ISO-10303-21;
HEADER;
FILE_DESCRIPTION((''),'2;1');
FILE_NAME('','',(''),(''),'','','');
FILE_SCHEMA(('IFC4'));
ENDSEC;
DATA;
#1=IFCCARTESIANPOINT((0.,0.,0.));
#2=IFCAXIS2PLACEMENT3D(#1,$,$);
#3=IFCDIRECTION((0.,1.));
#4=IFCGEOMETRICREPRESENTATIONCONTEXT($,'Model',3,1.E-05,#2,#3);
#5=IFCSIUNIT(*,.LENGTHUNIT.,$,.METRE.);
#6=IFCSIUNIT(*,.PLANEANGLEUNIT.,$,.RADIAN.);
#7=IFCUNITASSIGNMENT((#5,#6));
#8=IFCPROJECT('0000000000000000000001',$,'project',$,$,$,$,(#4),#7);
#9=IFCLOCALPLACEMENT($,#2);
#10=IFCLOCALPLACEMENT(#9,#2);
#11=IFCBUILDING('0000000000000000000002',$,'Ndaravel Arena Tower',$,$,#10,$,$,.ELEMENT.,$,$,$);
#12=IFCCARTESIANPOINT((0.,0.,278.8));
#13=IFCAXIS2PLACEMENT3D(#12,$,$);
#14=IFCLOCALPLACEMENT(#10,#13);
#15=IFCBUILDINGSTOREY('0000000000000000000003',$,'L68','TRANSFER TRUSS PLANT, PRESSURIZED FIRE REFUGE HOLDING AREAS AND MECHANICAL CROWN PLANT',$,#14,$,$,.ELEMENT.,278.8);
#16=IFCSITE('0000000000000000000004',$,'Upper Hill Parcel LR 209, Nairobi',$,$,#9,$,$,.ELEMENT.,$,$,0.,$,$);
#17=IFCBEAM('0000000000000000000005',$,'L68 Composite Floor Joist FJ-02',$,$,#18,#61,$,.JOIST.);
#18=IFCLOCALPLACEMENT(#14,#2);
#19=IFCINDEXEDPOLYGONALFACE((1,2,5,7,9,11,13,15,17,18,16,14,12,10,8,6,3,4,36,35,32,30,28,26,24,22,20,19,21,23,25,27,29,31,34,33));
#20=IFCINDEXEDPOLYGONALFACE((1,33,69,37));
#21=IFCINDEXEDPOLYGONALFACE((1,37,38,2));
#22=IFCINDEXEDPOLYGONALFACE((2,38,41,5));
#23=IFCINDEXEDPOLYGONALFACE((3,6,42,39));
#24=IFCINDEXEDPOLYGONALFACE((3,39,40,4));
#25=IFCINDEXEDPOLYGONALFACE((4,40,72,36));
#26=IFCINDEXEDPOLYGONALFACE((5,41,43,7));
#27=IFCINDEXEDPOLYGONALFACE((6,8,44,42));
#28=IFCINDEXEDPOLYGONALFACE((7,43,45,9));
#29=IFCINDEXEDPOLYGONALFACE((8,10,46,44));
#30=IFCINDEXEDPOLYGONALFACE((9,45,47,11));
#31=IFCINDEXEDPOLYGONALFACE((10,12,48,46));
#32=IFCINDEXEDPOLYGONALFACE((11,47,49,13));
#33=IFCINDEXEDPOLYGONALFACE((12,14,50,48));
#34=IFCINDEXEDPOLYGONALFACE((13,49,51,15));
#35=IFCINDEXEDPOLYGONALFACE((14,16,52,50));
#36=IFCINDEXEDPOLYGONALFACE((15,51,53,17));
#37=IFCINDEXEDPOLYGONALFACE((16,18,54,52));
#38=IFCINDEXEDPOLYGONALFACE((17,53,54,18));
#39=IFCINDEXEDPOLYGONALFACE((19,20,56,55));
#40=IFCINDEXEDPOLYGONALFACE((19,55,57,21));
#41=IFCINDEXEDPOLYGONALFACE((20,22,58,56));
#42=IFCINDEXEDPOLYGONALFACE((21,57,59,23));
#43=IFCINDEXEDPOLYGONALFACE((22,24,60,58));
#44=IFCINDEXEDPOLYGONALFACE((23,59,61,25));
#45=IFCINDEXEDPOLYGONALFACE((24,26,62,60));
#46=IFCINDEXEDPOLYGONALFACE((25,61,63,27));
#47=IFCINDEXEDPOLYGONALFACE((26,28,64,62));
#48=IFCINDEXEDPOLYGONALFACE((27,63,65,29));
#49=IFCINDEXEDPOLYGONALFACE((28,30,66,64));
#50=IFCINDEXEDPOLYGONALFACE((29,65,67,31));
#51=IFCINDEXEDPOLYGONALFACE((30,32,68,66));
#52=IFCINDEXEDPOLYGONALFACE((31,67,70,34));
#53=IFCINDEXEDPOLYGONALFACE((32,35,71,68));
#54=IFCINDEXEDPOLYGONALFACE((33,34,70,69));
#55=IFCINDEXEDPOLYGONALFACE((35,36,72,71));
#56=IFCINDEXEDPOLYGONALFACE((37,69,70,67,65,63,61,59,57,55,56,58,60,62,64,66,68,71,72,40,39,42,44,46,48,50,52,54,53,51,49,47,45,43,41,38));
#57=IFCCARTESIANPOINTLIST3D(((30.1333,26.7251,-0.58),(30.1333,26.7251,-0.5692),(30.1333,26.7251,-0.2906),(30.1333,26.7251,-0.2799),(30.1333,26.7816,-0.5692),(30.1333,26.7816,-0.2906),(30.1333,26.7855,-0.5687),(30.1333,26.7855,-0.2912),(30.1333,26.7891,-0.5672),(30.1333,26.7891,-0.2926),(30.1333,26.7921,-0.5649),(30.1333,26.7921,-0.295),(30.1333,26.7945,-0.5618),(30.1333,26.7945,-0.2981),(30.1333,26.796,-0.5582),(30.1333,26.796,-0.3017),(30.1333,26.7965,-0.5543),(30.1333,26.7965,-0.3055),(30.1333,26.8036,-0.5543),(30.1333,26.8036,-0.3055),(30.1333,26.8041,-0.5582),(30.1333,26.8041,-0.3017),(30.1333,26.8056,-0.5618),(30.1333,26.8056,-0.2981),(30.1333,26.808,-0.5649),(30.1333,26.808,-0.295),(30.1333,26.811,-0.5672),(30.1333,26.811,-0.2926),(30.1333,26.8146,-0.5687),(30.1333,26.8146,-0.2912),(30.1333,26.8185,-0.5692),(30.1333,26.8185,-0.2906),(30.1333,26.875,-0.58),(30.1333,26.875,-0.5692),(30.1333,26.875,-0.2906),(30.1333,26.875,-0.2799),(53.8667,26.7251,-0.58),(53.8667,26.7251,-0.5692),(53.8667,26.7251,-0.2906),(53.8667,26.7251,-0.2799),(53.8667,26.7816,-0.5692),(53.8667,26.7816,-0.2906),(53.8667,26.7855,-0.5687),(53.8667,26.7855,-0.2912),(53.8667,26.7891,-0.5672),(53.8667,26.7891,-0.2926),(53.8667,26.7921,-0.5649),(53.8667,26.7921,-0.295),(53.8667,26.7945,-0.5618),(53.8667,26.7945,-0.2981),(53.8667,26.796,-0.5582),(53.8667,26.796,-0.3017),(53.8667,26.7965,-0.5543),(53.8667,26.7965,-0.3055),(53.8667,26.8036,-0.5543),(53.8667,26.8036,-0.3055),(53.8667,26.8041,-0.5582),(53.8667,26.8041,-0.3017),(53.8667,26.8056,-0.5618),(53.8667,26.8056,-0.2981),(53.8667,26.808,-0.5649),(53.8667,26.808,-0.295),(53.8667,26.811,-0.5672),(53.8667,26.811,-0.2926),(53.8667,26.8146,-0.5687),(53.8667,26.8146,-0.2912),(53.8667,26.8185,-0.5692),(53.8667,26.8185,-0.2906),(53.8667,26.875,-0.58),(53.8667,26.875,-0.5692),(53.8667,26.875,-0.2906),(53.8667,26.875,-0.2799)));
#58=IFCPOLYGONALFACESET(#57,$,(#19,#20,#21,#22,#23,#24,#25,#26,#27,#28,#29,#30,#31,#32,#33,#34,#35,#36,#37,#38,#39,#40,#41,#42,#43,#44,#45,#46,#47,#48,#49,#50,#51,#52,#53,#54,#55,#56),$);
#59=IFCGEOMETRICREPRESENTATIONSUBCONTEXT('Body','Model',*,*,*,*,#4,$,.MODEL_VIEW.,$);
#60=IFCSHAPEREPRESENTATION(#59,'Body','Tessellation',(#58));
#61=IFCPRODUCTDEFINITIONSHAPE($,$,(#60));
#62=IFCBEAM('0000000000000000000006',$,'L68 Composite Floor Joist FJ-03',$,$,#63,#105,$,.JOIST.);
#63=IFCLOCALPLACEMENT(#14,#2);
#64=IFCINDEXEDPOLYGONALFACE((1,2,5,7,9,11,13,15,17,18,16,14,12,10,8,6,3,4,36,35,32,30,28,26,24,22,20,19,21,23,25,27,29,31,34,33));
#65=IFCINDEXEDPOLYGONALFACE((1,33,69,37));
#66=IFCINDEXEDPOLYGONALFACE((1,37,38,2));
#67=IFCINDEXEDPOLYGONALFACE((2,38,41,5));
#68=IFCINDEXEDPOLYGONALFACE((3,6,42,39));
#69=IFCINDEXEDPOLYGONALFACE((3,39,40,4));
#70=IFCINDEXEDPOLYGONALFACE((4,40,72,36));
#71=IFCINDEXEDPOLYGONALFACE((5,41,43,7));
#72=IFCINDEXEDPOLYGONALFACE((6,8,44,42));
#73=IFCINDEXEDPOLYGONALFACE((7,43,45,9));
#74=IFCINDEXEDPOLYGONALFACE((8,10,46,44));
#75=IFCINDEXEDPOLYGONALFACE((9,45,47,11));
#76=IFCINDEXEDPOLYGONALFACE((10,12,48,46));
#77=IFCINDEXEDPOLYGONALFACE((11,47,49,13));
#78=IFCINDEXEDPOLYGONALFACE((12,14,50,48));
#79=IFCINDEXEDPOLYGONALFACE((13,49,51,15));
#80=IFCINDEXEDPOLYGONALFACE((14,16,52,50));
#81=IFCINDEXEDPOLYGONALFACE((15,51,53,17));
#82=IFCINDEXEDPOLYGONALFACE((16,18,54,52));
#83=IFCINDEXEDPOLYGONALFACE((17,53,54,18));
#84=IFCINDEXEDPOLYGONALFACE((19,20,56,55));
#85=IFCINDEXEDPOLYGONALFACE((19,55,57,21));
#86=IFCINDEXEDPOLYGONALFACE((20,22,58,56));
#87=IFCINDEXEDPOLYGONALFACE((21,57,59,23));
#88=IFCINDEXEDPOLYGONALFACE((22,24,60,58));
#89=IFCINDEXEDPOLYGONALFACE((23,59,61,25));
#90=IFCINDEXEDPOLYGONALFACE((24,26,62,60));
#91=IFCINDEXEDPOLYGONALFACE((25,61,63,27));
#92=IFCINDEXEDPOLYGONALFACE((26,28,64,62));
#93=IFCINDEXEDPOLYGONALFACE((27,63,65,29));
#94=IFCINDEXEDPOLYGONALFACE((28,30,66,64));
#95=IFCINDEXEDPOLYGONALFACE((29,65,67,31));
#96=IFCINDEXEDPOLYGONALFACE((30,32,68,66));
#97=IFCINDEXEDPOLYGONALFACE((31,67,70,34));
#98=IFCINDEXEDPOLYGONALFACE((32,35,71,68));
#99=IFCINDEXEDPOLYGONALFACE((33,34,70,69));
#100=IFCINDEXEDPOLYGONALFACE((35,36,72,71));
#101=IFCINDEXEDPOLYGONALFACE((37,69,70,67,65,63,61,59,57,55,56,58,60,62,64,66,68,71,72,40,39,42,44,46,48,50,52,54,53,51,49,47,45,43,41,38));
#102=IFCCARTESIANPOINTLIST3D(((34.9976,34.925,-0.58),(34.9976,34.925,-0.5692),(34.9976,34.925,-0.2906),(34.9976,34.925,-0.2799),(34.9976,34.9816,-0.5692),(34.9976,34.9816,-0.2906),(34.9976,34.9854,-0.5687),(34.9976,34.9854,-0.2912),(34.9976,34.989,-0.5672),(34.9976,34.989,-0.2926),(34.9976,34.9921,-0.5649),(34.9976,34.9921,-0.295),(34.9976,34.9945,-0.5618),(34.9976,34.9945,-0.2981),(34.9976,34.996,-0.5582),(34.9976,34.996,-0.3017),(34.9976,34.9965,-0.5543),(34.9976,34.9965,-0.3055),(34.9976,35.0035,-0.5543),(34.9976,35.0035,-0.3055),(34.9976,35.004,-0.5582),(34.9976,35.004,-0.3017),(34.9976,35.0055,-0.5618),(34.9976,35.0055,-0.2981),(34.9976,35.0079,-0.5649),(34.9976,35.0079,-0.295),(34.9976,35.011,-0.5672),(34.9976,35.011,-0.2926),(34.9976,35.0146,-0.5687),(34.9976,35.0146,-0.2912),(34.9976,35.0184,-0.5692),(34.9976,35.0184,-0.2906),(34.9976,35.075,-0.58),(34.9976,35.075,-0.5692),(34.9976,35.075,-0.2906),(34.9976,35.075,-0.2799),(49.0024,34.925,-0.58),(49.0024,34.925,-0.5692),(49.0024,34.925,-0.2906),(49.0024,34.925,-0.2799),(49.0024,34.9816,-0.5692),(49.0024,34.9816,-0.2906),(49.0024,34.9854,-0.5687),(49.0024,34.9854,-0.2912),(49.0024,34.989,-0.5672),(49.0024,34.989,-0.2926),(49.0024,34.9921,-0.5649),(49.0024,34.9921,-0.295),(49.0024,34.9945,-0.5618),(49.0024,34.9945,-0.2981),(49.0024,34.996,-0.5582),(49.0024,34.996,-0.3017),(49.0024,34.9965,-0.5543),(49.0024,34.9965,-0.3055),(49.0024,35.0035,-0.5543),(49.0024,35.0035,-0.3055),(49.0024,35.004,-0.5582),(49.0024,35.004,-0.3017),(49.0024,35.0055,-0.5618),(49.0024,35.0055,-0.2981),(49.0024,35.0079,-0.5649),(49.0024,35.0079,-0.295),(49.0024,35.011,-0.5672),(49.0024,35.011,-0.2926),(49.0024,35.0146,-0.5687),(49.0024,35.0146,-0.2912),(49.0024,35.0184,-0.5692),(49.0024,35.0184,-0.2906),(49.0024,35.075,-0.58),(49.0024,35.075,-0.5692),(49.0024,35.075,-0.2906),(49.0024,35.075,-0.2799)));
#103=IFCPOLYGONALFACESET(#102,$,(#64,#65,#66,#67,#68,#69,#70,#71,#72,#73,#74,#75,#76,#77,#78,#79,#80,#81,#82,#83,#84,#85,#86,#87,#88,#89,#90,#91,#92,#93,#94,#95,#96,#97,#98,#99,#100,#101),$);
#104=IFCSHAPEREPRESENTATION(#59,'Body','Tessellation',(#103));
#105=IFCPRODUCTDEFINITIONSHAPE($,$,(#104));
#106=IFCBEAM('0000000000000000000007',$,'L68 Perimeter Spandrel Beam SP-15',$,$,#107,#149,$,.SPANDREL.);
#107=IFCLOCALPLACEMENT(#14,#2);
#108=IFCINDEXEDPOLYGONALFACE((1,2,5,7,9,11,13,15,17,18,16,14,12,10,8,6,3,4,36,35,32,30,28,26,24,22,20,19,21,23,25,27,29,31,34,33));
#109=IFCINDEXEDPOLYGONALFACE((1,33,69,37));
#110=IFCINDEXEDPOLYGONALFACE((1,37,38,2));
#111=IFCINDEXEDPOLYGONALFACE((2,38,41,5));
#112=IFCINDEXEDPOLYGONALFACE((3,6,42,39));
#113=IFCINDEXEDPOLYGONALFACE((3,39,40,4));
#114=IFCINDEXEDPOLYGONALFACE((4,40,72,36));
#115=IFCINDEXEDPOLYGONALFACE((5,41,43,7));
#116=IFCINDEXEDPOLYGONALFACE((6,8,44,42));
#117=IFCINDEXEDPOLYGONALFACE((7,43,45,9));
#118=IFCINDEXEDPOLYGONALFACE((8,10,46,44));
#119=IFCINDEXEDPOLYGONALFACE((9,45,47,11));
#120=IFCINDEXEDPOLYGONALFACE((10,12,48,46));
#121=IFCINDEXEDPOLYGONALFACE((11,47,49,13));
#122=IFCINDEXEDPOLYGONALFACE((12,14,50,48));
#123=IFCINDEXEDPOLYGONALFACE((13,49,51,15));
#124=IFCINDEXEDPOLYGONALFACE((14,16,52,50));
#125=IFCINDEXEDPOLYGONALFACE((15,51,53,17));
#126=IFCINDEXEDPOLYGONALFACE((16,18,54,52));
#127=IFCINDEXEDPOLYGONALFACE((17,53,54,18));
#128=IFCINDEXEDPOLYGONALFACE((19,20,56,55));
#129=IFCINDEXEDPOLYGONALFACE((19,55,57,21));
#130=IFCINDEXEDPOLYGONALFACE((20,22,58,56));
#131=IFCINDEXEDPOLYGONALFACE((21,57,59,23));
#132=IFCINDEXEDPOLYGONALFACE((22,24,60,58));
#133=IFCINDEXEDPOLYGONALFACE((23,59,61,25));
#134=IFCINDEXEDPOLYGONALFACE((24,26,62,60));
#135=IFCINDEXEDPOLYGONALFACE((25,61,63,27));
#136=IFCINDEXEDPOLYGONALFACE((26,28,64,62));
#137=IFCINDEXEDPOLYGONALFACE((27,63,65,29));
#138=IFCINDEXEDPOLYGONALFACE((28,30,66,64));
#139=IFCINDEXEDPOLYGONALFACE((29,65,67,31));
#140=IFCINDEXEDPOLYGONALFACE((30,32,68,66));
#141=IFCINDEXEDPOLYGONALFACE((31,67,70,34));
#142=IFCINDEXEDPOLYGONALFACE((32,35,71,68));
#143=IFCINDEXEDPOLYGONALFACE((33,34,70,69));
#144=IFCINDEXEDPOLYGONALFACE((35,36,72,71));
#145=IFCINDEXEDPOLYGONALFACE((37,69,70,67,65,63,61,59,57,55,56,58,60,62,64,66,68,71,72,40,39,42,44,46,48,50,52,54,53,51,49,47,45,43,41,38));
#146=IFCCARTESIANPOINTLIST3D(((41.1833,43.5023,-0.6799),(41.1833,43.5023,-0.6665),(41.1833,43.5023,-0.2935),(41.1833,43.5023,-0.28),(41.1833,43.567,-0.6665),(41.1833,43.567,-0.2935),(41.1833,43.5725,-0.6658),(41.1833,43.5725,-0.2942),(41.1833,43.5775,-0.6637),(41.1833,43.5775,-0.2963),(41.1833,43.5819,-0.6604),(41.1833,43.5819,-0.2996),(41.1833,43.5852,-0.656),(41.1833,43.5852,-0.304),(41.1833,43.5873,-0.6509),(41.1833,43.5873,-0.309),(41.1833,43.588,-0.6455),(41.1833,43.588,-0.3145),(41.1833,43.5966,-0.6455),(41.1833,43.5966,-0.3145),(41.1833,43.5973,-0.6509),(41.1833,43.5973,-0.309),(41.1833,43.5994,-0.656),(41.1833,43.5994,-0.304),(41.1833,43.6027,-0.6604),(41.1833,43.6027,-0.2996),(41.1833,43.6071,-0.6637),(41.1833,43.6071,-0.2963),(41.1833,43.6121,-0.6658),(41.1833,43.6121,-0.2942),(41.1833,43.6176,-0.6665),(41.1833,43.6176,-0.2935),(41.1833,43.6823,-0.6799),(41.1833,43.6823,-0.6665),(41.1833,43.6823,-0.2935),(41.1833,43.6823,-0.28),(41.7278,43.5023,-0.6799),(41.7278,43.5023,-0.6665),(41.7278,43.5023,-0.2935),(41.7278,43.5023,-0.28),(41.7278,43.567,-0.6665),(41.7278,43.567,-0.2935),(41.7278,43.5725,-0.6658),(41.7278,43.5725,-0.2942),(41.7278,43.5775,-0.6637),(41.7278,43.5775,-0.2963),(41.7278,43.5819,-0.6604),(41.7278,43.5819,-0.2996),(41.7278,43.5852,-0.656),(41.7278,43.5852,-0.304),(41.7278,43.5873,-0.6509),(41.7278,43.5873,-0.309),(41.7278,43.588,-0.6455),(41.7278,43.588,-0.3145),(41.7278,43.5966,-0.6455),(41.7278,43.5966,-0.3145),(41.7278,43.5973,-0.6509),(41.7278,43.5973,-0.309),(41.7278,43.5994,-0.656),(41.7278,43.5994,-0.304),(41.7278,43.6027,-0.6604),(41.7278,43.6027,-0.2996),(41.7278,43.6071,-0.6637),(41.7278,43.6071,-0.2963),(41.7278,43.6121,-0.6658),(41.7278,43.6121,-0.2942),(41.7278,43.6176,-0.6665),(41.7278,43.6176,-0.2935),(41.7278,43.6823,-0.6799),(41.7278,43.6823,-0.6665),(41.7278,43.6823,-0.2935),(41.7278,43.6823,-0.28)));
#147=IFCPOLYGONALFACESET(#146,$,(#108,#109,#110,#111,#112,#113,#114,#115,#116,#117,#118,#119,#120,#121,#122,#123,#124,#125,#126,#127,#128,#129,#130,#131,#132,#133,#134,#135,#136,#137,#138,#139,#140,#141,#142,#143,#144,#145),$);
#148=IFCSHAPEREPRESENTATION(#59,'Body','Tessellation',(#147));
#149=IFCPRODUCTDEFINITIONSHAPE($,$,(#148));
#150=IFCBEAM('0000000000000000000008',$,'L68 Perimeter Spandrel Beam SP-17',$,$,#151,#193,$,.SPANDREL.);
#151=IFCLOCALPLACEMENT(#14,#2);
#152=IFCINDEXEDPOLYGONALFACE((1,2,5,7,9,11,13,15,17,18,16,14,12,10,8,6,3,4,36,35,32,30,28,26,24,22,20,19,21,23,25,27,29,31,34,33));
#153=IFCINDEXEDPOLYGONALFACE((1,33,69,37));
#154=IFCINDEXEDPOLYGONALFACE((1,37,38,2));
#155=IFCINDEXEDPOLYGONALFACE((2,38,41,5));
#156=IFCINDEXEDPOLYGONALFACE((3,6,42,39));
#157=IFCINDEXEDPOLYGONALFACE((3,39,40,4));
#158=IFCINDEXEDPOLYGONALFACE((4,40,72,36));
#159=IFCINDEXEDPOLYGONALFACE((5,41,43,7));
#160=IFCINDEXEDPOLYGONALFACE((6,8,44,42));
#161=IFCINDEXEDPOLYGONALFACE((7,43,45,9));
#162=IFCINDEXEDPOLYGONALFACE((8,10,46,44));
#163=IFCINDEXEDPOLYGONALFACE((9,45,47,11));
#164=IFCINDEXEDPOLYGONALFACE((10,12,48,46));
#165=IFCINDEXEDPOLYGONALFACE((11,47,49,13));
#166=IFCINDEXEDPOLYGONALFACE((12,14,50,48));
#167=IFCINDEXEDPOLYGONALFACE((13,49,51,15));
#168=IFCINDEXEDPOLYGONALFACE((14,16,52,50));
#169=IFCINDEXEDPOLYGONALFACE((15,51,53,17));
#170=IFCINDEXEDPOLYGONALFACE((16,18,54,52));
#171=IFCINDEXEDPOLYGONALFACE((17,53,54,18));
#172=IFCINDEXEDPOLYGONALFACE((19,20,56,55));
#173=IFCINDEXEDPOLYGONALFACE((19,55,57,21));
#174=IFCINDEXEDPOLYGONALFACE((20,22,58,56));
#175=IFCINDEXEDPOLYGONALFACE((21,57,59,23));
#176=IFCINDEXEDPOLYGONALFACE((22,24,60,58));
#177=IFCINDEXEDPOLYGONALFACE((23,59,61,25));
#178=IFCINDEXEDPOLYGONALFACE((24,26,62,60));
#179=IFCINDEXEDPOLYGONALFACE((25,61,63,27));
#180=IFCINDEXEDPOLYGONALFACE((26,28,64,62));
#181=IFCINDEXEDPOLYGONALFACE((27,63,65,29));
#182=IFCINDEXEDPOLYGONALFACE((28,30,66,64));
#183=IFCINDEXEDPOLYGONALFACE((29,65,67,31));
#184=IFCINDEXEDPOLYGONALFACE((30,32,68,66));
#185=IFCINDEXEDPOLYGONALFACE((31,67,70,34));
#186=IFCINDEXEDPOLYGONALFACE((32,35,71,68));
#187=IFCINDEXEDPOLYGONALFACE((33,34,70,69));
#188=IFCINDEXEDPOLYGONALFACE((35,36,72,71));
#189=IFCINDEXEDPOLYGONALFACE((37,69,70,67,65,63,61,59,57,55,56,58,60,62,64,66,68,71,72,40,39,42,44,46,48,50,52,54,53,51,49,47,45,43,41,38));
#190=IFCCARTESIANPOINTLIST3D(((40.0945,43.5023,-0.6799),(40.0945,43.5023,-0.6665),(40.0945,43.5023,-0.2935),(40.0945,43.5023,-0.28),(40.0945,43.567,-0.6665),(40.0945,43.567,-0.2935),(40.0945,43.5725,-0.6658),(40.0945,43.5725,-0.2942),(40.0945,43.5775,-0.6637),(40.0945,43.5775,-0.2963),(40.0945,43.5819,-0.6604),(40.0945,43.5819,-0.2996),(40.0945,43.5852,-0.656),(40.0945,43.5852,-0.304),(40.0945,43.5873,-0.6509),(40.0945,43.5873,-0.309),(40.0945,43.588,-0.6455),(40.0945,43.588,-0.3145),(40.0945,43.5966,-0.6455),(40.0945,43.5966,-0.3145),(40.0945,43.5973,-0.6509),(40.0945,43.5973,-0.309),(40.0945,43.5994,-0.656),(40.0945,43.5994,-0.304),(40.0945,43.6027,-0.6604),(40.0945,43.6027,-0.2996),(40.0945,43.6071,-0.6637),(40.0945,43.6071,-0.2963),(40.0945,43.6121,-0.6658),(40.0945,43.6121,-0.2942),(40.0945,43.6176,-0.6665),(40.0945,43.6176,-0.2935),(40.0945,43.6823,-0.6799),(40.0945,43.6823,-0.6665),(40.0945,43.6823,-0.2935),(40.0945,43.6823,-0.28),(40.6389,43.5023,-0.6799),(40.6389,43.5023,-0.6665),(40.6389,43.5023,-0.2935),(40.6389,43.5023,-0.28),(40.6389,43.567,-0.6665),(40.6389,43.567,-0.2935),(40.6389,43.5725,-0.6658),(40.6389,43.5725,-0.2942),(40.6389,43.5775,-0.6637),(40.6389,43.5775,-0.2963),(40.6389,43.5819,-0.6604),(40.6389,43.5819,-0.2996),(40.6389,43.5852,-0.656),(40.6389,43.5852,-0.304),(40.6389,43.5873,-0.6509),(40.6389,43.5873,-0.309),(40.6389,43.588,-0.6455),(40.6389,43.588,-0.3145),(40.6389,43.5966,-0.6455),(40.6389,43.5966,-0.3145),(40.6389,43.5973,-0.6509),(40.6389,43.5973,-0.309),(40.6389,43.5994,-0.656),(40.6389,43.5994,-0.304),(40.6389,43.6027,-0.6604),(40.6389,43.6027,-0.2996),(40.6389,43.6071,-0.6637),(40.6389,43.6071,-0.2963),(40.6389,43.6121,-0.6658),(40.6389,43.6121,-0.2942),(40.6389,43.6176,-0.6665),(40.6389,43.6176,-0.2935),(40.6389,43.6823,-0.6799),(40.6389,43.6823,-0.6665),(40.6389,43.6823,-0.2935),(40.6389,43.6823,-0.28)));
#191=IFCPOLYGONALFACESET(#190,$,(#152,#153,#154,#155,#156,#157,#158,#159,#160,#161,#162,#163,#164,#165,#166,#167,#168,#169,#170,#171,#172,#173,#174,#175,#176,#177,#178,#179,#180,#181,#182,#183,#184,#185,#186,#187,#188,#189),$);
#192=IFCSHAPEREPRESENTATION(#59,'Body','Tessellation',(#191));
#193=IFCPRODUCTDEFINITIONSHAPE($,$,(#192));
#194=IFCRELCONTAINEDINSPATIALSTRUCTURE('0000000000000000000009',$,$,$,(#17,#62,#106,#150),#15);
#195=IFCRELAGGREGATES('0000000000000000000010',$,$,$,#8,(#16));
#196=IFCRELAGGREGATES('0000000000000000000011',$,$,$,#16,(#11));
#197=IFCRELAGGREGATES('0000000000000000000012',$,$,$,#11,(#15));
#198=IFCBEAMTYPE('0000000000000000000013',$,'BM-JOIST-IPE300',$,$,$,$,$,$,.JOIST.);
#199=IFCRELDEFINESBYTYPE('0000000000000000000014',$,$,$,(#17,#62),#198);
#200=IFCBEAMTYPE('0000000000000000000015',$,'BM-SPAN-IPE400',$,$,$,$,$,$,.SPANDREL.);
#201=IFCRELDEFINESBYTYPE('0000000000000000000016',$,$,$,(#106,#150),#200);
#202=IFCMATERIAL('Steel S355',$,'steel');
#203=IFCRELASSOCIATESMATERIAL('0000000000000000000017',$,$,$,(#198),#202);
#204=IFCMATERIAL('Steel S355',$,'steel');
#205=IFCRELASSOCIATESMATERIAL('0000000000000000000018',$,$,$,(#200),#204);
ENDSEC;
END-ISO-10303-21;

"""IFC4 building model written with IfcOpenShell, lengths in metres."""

from ifc_helpers import new_model, si_unit, direction, frame, origin, origin_2d, place, context, subcontext, project, spatial, i_section, extrude, material, material_profile, profile_set, type_object, element, save


model = new_model("IFC4")

# Units and contexts
model_context = context("Model", 3, precision=1e-05, world=origin(), true_north=direction((0.0, 1.0)))
body_context = subcontext(model_context, "Body", "Model", "MODEL_VIEW")
ifc_project = project(units=[si_unit("LENGTHUNIT", "METRE"), si_unit("PLANEANGLEUNIT", "RADIAN")], contexts=[model_context])

# Site, building, storey
site_placement = place(None, origin())
site = spatial("IfcSite", under=ifc_project, at=site_placement, Name="Upper Hill Parcel LR 209, Nairobi", CompositionType="ELEMENT", RefElevation=0.0)
building_placement = place(site_placement, origin())
building = spatial("IfcBuilding", under=site, at=building_placement, Name="Ndaravel Arena Tower", CompositionType="ELEMENT")
storey_placement = place(building_placement, frame((0.0, 0.0, 278.8)))
storey = spatial("IfcBuildingStorey", under=building, at=storey_placement, Name="L68", Description="TRANSFER TRUSS PLANT, PRESSURIZED FIRE REFUGE HOLDING AREAS AND MECHANICAL CROWN PLANT", CompositionType="ELEMENT", Elevation=278.8)

# Beams
ifc_material_1 = material(Name="Steel S355", Category="steel")
ifc_material_profile_1 = material_profile(ifc_material_1, i_section(OverallWidth=0.1499, OverallDepth=0.3, WebThickness=0.0071, FlangeThickness=0.0107, FilletRadius=0.0149, at=origin_2d()), Name="IPE 300")
ifc_profile_set_1 = profile_set([ifc_material_profile_1], Name="Steel S355")
beam_type_1 = type_object("IfcBeamType", Name="BM-JOIST-IPE300", PredefinedType="JOIST", material=ifc_profile_set_1)
beam_1_placement = place(storey_placement, frame((30.1333, 26.8, -0.4299), z_axis=(1.0, 0.0, 0.0), x_axis=(0.0, 1.0, 0.0)))
element("IfcBeam", 1, at=beam_1_placement, inside=storey, type_object=beam_type_1, Name="L68 Composite Floor Joist FJ-02", PredefinedType="JOIST", context=body_context, shape_type="SweptSolid", body=[
    extrude(i_section(OverallWidth=0.1499, OverallDepth=0.3, WebThickness=0.0071, FlangeThickness=0.0107, FilletRadius=0.0149, at=origin_2d()), origin(), (0.0, 0.0, 1.0), 23.7334),
])
beam_2_placement = place(storey_placement, frame((34.9976, 35.0, -0.4299), z_axis=(1.0, 0.0, 0.0), x_axis=(0.0, 1.0, 0.0)))
element("IfcBeam", 2, at=beam_2_placement, inside=storey, type_object=beam_type_1, Name="L68 Composite Floor Joist FJ-03", PredefinedType="JOIST", context=body_context, shape_type="SweptSolid", body=[
    extrude(i_section(OverallWidth=0.1499, OverallDepth=0.3, WebThickness=0.0071, FlangeThickness=0.0107, FilletRadius=0.0149, at=origin_2d()), origin(), (0.0, 0.0, 1.0), 14.0049),
])
ifc_material_2 = material(Name="Steel S355", Category="steel")
ifc_material_profile_2 = material_profile(ifc_material_2, i_section(OverallWidth=0.1799, OverallDepth=0.3999, WebThickness=0.0085, FlangeThickness=0.0134, FilletRadius=0.021, at=origin_2d()), Name="IPE 400")
ifc_profile_set_2 = profile_set([ifc_material_profile_2], Name="Steel S355")
beam_type_2 = type_object("IfcBeamType", Name="BM-SPAN-IPE400", PredefinedType="SPANDREL", material=ifc_profile_set_2)
for number, where, z_axis, x_axis, name in (
    (3, (41.7278, 43.5923, -0.48), (-1.0, 0.0, 0.0), (0.0, -1.0, 0.0), "L68 Perimeter Spandrel Beam SP-15"),
    (4, (40.6389, 43.5923, -0.48), (-1.0, 0.0, 0.0), (0.0, -1.0, 0.0), "L68 Perimeter Spandrel Beam SP-17"),
):
    element("IfcBeam", number, at=place(storey_placement, frame(where, z_axis=z_axis, x_axis=x_axis)), inside=storey, type_object=beam_type_2, Name=name, PredefinedType="SPANDREL", context=body_context, shape_type="SweptSolid", body=[
        extrude(i_section(OverallWidth=0.1799, OverallDepth=0.3999, WebThickness=0.0085, FlangeThickness=0.0134, FilletRadius=0.021, at=origin_2d()), origin(), (0.0, 0.0, 1.0), 0.5444),
    ])

save(model, "model.ifc")
